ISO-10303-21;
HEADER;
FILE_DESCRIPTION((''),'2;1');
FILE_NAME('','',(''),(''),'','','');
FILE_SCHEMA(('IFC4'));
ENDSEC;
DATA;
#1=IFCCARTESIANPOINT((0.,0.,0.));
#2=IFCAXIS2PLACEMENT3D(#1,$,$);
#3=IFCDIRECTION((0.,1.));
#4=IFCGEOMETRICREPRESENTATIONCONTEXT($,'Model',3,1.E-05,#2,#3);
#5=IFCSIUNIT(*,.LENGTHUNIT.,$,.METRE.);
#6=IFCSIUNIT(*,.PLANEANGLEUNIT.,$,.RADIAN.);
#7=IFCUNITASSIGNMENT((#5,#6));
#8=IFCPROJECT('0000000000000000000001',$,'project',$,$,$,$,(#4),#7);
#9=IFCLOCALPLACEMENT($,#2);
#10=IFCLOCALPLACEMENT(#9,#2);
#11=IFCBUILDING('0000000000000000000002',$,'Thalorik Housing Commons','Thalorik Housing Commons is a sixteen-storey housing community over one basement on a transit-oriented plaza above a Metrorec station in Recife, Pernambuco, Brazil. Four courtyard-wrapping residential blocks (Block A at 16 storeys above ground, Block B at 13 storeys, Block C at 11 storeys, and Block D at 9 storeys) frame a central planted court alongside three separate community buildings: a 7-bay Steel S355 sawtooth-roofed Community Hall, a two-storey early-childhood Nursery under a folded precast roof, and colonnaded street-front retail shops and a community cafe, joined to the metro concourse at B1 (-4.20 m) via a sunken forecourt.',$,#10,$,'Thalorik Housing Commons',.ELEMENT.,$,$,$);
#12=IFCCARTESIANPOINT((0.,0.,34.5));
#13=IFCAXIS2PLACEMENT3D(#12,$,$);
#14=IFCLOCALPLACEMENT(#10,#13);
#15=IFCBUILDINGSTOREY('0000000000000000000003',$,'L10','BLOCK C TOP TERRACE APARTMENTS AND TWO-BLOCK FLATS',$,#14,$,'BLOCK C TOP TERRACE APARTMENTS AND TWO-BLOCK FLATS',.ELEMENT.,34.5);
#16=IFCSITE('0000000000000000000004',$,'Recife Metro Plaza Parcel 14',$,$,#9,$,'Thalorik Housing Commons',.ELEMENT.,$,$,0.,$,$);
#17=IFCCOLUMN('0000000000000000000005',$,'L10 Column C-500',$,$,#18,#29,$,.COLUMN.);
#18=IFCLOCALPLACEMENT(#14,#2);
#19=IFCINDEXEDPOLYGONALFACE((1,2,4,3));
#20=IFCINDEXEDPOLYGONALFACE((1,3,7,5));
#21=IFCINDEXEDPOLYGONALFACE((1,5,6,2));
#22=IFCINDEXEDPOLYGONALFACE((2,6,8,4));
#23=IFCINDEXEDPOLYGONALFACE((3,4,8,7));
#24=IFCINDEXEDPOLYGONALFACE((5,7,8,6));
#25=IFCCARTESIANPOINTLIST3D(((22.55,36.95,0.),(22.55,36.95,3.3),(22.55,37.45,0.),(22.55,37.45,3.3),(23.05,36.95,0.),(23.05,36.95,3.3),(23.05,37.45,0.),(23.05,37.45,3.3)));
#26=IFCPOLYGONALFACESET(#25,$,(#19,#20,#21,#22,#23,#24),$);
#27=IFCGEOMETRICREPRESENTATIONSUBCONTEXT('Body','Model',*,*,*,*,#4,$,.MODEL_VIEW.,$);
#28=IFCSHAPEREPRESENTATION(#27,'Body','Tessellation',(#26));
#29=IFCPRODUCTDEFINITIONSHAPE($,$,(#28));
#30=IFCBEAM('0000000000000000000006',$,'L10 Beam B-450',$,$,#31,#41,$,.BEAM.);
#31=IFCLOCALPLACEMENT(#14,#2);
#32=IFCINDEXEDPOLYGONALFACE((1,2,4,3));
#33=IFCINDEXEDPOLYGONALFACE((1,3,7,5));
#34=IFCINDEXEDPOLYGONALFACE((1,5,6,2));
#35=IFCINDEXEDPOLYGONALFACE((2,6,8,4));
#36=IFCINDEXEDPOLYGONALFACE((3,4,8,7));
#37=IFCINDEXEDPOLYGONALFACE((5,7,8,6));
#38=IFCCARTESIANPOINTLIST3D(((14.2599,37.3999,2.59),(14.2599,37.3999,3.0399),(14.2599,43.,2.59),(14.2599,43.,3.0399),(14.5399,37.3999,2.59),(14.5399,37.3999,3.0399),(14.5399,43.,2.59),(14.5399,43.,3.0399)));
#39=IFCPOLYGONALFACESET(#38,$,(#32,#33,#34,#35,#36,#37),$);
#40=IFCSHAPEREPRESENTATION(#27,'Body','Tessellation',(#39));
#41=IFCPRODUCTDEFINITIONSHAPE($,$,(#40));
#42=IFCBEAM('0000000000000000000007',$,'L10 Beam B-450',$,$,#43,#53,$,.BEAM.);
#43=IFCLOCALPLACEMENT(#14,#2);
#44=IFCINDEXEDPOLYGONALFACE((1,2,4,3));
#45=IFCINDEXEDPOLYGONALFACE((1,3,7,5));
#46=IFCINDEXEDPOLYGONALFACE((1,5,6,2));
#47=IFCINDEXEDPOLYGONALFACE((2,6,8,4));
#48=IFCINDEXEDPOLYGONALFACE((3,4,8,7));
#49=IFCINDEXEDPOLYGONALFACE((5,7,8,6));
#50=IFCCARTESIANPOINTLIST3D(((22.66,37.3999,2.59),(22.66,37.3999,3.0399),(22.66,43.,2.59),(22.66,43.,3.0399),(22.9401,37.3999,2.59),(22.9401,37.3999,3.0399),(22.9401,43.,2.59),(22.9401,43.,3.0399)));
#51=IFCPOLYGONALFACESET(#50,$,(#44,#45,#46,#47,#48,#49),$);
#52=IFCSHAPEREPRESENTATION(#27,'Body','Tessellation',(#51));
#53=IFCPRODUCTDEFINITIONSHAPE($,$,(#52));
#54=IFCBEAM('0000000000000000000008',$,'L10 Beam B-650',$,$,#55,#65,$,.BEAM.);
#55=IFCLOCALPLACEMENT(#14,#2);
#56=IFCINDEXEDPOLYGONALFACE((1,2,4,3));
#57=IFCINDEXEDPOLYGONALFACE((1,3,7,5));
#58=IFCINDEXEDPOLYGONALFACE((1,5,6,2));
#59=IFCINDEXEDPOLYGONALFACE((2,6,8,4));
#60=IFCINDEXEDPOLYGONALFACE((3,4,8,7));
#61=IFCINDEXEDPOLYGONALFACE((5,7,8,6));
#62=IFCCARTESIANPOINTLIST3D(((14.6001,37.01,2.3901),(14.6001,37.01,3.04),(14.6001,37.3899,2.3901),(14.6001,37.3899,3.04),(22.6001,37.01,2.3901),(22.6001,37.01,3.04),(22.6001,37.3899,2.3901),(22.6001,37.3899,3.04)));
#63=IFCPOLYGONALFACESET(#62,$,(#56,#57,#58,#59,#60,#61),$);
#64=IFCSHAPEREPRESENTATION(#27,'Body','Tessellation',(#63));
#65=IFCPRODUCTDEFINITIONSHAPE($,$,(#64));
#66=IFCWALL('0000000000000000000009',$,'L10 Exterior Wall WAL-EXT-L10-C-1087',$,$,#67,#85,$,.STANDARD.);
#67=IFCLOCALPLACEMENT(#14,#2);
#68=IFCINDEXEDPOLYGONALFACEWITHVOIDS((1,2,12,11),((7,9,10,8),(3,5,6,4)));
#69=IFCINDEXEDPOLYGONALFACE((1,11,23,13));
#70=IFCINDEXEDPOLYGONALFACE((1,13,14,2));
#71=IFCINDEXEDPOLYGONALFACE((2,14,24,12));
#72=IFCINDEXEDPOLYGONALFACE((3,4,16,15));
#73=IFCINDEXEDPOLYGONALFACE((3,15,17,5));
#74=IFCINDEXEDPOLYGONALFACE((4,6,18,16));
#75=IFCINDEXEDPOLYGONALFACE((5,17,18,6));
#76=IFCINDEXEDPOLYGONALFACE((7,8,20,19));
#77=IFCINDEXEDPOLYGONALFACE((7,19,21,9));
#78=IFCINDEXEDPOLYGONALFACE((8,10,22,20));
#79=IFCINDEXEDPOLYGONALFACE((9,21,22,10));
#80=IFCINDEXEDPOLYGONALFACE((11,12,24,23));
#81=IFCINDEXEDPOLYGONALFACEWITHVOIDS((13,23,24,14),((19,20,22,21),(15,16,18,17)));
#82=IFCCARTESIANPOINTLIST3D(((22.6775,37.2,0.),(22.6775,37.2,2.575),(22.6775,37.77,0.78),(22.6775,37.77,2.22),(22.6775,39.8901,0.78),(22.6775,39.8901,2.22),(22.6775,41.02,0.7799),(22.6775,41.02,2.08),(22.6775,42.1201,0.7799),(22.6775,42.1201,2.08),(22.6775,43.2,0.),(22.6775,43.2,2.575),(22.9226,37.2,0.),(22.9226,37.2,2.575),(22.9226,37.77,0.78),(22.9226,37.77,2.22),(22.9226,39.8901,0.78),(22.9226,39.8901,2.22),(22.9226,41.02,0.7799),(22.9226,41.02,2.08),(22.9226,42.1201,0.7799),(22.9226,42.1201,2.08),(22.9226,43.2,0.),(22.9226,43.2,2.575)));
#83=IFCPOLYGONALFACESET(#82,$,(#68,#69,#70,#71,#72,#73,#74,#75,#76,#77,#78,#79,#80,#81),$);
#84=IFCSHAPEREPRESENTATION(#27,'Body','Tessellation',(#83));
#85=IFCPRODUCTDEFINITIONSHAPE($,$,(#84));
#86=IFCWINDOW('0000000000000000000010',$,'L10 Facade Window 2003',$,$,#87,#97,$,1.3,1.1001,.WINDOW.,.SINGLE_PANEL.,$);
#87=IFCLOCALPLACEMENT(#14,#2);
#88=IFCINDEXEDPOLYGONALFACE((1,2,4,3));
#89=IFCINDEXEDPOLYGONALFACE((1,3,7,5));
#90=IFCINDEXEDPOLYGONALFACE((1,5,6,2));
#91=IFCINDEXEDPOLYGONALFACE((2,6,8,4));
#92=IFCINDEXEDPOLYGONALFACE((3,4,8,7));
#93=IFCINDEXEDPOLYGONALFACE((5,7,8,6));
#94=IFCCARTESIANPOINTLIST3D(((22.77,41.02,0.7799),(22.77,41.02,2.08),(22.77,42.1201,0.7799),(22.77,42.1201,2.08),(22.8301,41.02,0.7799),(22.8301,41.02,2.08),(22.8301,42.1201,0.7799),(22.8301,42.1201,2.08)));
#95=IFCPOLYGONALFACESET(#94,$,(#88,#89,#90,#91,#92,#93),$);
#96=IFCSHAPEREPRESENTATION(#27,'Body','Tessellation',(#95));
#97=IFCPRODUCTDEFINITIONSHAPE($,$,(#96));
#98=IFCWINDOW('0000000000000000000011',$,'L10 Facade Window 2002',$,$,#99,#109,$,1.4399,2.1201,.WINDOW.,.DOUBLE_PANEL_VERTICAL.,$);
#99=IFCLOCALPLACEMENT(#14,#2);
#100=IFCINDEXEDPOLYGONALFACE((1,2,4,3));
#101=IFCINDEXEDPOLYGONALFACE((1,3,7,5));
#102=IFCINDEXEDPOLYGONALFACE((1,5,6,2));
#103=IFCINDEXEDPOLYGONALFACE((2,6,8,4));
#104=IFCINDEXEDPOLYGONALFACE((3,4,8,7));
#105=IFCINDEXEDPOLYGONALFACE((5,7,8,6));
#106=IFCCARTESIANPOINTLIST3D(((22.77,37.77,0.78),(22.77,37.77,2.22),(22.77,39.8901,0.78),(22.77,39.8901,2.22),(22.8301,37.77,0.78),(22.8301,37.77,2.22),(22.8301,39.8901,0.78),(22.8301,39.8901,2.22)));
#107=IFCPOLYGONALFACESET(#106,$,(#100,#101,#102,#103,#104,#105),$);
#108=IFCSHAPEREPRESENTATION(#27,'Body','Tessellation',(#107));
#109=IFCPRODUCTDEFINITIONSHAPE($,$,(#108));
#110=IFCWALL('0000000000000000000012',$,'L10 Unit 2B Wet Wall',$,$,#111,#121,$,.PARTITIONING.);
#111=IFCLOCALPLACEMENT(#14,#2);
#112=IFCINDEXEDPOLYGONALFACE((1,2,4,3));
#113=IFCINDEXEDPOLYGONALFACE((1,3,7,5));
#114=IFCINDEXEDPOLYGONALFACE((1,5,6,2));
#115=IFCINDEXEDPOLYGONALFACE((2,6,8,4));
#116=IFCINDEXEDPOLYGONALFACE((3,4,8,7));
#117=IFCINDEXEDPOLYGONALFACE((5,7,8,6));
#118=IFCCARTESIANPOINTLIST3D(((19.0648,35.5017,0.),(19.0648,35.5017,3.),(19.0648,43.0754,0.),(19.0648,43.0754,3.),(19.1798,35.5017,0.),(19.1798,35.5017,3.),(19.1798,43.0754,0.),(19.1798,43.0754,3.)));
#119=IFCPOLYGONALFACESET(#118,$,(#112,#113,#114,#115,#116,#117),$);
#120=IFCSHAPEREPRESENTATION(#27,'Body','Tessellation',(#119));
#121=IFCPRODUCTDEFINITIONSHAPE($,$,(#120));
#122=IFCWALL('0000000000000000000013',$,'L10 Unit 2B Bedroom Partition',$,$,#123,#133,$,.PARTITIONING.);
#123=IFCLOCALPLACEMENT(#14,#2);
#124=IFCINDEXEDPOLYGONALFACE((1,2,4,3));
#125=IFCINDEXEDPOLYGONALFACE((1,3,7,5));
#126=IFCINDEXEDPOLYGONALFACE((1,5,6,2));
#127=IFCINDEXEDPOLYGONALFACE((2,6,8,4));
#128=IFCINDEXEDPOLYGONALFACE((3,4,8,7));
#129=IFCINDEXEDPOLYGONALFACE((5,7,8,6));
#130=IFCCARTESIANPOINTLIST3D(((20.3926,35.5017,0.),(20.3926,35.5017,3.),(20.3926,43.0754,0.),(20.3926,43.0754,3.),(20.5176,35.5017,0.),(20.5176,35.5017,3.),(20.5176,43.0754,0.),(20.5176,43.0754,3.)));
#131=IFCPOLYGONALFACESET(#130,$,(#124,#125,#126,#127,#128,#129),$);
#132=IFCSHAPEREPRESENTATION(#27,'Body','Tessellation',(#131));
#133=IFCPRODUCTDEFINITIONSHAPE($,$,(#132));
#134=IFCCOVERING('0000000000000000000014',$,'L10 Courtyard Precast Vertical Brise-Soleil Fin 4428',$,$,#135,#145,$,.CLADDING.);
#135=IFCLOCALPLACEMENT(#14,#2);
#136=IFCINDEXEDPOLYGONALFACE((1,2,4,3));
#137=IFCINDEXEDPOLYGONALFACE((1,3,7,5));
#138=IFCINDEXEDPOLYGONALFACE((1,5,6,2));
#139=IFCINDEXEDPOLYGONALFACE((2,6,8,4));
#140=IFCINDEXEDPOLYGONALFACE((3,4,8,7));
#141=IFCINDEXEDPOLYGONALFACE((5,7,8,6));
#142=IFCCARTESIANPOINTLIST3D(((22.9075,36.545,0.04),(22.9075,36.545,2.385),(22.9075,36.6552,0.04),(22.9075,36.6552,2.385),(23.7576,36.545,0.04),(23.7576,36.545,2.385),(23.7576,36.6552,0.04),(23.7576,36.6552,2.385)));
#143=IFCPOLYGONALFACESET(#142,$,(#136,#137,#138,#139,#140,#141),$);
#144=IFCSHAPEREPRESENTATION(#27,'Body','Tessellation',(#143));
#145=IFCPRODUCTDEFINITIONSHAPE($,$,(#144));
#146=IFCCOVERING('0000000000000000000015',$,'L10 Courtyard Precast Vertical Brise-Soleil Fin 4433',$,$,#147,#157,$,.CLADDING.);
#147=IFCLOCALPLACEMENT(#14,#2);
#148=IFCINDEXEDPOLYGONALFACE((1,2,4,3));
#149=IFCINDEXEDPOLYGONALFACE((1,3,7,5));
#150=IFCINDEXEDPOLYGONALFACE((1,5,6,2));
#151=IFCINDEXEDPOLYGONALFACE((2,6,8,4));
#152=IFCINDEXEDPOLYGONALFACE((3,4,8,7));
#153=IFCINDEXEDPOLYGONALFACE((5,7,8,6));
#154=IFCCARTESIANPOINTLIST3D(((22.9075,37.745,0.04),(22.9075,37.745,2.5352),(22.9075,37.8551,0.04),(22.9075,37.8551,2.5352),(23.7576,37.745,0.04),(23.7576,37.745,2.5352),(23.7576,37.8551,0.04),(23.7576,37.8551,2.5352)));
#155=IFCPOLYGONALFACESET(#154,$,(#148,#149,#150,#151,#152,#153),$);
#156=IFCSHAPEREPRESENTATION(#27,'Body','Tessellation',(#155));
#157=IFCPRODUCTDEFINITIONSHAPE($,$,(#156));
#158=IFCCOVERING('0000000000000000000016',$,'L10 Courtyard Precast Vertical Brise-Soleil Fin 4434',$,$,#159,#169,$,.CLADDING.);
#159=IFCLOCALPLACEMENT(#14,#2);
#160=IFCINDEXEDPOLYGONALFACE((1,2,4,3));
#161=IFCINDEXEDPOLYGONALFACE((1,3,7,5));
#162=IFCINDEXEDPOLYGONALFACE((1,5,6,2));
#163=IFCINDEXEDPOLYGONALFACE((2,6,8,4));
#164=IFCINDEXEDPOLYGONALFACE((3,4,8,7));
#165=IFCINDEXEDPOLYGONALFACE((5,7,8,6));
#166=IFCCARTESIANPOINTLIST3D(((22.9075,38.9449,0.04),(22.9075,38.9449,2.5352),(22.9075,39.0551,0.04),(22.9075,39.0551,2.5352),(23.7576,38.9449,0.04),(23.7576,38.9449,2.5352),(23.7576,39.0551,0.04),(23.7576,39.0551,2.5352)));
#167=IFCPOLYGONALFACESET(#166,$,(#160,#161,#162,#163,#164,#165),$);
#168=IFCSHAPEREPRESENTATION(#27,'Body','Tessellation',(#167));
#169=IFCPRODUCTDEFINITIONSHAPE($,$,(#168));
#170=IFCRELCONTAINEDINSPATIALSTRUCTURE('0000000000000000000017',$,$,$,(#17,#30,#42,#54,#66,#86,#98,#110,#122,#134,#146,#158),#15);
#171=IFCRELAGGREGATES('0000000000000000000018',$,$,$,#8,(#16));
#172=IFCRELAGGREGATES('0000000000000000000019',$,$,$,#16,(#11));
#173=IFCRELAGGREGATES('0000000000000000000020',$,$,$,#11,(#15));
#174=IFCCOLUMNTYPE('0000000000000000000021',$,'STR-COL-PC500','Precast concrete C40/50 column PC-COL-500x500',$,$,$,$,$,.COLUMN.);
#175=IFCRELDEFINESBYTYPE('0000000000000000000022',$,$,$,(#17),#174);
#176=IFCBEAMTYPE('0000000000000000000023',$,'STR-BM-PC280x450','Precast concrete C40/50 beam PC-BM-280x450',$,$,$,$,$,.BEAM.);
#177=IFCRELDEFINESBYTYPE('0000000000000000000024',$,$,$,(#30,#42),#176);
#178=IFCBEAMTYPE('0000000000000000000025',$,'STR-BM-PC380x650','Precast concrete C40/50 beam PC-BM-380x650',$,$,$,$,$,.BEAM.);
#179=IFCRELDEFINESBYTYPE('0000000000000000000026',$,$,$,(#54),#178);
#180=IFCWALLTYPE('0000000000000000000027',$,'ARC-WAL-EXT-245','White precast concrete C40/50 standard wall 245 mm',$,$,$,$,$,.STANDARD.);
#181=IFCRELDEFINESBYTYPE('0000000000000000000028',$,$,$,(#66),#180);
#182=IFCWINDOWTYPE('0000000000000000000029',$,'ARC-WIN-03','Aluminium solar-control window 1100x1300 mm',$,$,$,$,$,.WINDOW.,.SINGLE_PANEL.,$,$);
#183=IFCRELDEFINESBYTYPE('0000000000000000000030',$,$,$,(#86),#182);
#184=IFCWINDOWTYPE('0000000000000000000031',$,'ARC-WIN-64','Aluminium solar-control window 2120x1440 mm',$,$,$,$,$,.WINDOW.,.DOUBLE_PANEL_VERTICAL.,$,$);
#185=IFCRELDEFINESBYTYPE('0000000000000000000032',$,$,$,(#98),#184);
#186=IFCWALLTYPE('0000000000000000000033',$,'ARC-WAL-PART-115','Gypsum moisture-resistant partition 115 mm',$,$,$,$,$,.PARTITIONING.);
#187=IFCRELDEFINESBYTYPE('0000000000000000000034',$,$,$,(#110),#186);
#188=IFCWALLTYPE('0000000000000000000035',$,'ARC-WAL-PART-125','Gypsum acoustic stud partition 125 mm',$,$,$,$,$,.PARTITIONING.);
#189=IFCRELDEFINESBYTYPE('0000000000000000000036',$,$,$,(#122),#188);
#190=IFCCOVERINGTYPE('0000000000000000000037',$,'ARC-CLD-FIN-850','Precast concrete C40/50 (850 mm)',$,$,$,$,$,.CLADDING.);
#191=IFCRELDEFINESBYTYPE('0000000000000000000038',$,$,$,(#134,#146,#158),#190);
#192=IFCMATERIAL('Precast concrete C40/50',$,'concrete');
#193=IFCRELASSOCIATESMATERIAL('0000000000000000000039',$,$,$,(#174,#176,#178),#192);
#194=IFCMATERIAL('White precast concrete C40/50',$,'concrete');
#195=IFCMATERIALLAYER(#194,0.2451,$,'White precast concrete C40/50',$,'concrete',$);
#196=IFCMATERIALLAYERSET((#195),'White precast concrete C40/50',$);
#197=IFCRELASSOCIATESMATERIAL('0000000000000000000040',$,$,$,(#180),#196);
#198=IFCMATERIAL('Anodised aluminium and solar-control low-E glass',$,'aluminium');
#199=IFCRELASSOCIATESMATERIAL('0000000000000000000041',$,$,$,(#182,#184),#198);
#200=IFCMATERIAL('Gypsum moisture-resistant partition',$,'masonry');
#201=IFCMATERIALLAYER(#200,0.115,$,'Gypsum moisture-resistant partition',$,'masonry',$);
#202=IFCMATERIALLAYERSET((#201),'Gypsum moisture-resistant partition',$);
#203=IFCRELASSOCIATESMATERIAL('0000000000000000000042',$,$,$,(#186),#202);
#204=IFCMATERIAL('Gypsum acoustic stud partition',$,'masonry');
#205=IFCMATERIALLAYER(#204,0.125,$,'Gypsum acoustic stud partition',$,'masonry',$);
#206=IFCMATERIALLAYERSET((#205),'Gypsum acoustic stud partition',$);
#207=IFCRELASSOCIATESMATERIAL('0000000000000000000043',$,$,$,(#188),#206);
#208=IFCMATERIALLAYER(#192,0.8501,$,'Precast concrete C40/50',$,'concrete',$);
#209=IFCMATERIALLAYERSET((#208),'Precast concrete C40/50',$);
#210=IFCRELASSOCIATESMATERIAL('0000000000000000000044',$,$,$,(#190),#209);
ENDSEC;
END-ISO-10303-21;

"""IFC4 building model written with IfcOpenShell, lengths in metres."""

from ifc_helpers import new_model, si_unit, direction, frame, frame_2d, origin, origin_2d, place, context, subcontext, project, spatial, rectangle, extrude, material, layer, layer_set, material_profile, profile_set, type_object, element, fill, save


model = new_model("IFC4")

# Units and contexts
model_context = context("Model", 3, precision=1e-05, world=origin(), true_north=direction((0.0, 1.0)))
body_context = subcontext(model_context, "Body", "Model", "MODEL_VIEW")
ifc_project = project(units=[si_unit("LENGTHUNIT", "METRE"), si_unit("PLANEANGLEUNIT", "RADIAN")], contexts=[model_context])

# Site, building, storey
site_placement = place(None, origin())
site = spatial("IfcSite", under=ifc_project, at=site_placement, Name="Recife Metro Plaza Parcel 14", LongName="Thalorik Housing Commons", CompositionType="ELEMENT", RefElevation=0.0)
building_placement = place(site_placement, origin())
building = spatial("IfcBuilding", under=site, at=building_placement, Name="Thalorik Housing Commons", Description="Thalorik Housing Commons is a sixteen-storey housing community over one basement on a transit-oriented plaza above a Metrorec station in Recife, Pernambuco, Brazil. Four courtyard-wrapping residential blocks (Block A at 16 storeys above ground, Block B at 13 storeys, Block C at 11 storeys, and Block D at 9 storeys) frame a central planted court alongside three separate community buildings: a 7-bay Steel S355 sawtooth-roofed Community Hall, a two-storey early-childhood Nursery under a folded precast roof, and colonnaded street-front retail shops and a community cafe, joined to the metro concourse at B1 (-4.20 m) via a sunken forecourt.", LongName="Thalorik Housing Commons", CompositionType="ELEMENT")
storey_placement = place(building_placement, frame((0.0, 0.0, 34.5)))
storey = spatial("IfcBuildingStorey", under=building, at=storey_placement, Name="L10", Description="BLOCK C TOP TERRACE APARTMENTS AND TWO-BLOCK FLATS", LongName="BLOCK C TOP TERRACE APARTMENTS AND TWO-BLOCK FLATS", CompositionType="ELEMENT", Elevation=34.5)

# Column
ifc_material_1 = material(Name="Precast concrete C40/50", Category="concrete")
ifc_material_profile_1 = material_profile(ifc_material_1, rectangle(XDim=0.5, YDim=0.5, at=origin_2d()), Name="PC 500x500", Category="concrete")
ifc_profile_set_1 = profile_set([ifc_material_profile_1], Name="Precast concrete C40/50")
column_type = type_object("IfcColumnType", Name="STR-COL-PC500", Description="Precast concrete C40/50 column PC-COL-500x500", PredefinedType="COLUMN", material=ifc_profile_set_1)
column_placement = place(storey_placement, frame((22.8, 37.2, 0.0), z_axis=(0.0, 0.0, 1.0), x_axis=(1.0, 0.0, 0.0)))
element("IfcColumn", 1, at=column_placement, inside=storey, type_object=column_type, Name="L10 Column C-500", PredefinedType="COLUMN", context=body_context, shape_type="SweptSolid", body=[
    extrude(rectangle(XDim=0.5, YDim=0.5, at=origin_2d()), origin(), (0.0, 0.0, 1.0), 3.3),
])

# Beams
ifc_material_profile_2 = material_profile(ifc_material_1, rectangle(XDim=0.28, YDim=0.45, at=origin_2d()), Name="PC 280x450", Category="concrete")
ifc_profile_set_2 = profile_set([ifc_material_profile_2], Name="Precast concrete C40/50")
beam_type_1 = type_object("IfcBeamType", Name="STR-BM-PC280x450", Description="Precast concrete C40/50 beam PC-BM-280x450", PredefinedType="BEAM", material=ifc_profile_set_2)
for number, where, z_axis, x_axis, name in (
    (2, (14.3999, 37.3999, 2.8149), (0.0, 1.0, 0.0), (-1.0, 0.0, 0.0), "L10 Beam B-450"),
    (3, (22.8, 37.3999, 2.8149), (0.0, 1.0, 0.0), (-1.0, 0.0, 0.0), "L10 Beam B-450"),
):
    element("IfcBeam", number, at=place(storey_placement, frame(where, z_axis=z_axis, x_axis=x_axis)), inside=storey, type_object=beam_type_1, Name=name, PredefinedType="BEAM", context=body_context, shape_type="SweptSolid", body=[
        extrude(rectangle(XDim=0.28, YDim=0.45, at=origin_2d()), origin(), (0.0, 0.0, 1.0), 5.6001),
    ])
ifc_material_profile_3 = material_profile(ifc_material_1, rectangle(XDim=0.3799, YDim=0.6499, at=origin_2d()), Name="PC 380x650", Category="concrete")
ifc_profile_set_3 = profile_set([ifc_material_profile_3], Name="Precast concrete C40/50")
beam_type_2 = type_object("IfcBeamType", Name="STR-BM-PC380x650", Description="Precast concrete C40/50 beam PC-BM-380x650", PredefinedType="BEAM", material=ifc_profile_set_3)
beam_placement = place(storey_placement, frame((14.6001, 37.2, 2.7151), z_axis=(1.0, 0.0, 0.0), x_axis=(0.0, 1.0, 0.0)))
element("IfcBeam", 4, at=beam_placement, inside=storey, type_object=beam_type_2, Name="L10 Beam B-650", PredefinedType="BEAM", context=body_context, shape_type="SweptSolid", body=[
    extrude(rectangle(XDim=0.3799, YDim=0.6499, at=origin_2d()), origin(), (0.0, 0.0, 1.0), 8.0),
])

# Wall, openings, windows
ifc_material_2 = material(Name="White precast concrete C40/50", Category="concrete")
ifc_layer_1 = layer(ifc_material_2, 0.2451, Name="White precast concrete C40/50", Category="concrete")
ifc_layer_set_1 = layer_set([ifc_layer_1], Name="White precast concrete C40/50")
wall_type_1 = type_object("IfcWallType", Name="ARC-WAL-EXT-245", Description="White precast concrete C40/50 standard wall 245 mm", PredefinedType="STANDARD", material=ifc_layer_set_1)
wall_1_placement = place(storey_placement, frame((22.8, 37.2, 0.0), z_axis=(0.0, 0.0, 1.0), x_axis=(0.0, 1.0, 0.0)))
wall_1 = element("IfcWall", 5, at=wall_1_placement, inside=storey, type_object=wall_type_1, Name="L10 Exterior Wall WAL-EXT-L10-C-1087", PredefinedType="STANDARD", context=body_context, shape_type="SweptSolid", body=[
    extrude(rectangle(XDim=6.0, YDim=0.2451, at=frame_2d((3.0, 0.0))), origin(), (0.0, 0.0, 1.0), 2.575),
])
opening_1_placement = place(wall_1_placement, frame((0.5701, 0.0, 0.78)))
opening_1 = element("IfcOpeningElement", 6, at=opening_1_placement, cuts=wall_1, PredefinedType="OPENING", context=body_context, shape_type="SweptSolid", body=[
    extrude(rectangle(XDim=2.1201, YDim=1.4399, at=frame_2d((1.0601, 0.72))), frame((0.0, 0.1326, 0.0), z_axis=(0.0, -1.0, 0.0), x_axis=(1.0, 0.0, 0.0)), (0.0, 0.0, 1.0), 0.2651),
])
opening_2_placement = place(wall_1_placement, frame((3.8201, 0.0, 0.78)))
opening_2 = element("IfcOpeningElement", 7, at=opening_2_placement, cuts=wall_1, PredefinedType="OPENING", context=body_context, shape_type="SweptSolid", body=[
    extrude(rectangle(XDim=1.1001, YDim=1.3, at=frame_2d((0.55, 0.6499))), frame((0.0, 0.1326, 0.0), z_axis=(0.0, -1.0, 0.0), x_axis=(1.0, 0.0, 0.0)), (0.0, 0.0, 1.0), 0.2651),
])
ifc_material_3 = material(Name="Anodised aluminium and solar-control low-E glass", Category="aluminium")
window_type_1 = type_object("IfcWindowType", Name="ARC-WIN-03", Description="Aluminium solar-control window 1100x1300 mm", PartitioningType="SINGLE_PANEL", PredefinedType="WINDOW", material=ifc_material_3)
window_1_placement = place(opening_2_placement, origin())
window_1 = element("IfcWindow", 8, at=window_1_placement, inside=storey, type_object=window_type_1, Name="L10 Facade Window 2003", OverallHeight=1.3, OverallWidth=1.1001, PartitioningType="SINGLE_PANEL", PredefinedType="WINDOW", context=body_context, shape_type="SweptSolid", body=[
    extrude(rectangle(XDim=1.1001, YDim=1.3, at=frame_2d((0.55, 0.6499))), frame((0.0, 0.03, 0.0), z_axis=(0.0, -1.0, 0.0), x_axis=(1.0, 0.0, 0.0)), (0.0, 0.0, 1.0), 0.0601),
])
fill(opening_2, window_1)
window_type_2 = type_object("IfcWindowType", Name="ARC-WIN-64", Description="Aluminium solar-control window 2120x1440 mm", PartitioningType="DOUBLE_PANEL_VERTICAL", PredefinedType="WINDOW", material=ifc_material_3)
window_2_placement = place(opening_1_placement, origin())
window_2 = element("IfcWindow", 9, at=window_2_placement, inside=storey, type_object=window_type_2, Name="L10 Facade Window 2002", OverallHeight=1.4399, OverallWidth=2.1201, PartitioningType="DOUBLE_PANEL_VERTICAL", PredefinedType="WINDOW", context=body_context, shape_type="SweptSolid", body=[
    extrude(rectangle(XDim=2.1201, YDim=1.4399, at=frame_2d((1.0601, 0.72))), frame((0.0, 0.03, 0.0), z_axis=(0.0, -1.0, 0.0), x_axis=(1.0, 0.0, 0.0)), (0.0, 0.0, 1.0), 0.0601),
])
fill(opening_1, window_2)

# Walls
ifc_material_4 = material(Name="Gypsum moisture-resistant partition", Category="masonry")
ifc_layer_2 = layer(ifc_material_4, 0.115, Name="Gypsum moisture-resistant partition", Category="masonry")
ifc_layer_set_2 = layer_set([ifc_layer_2], Name="Gypsum moisture-resistant partition")
wall_type_2 = type_object("IfcWallType", Name="ARC-WAL-PART-115", Description="Gypsum moisture-resistant partition 115 mm", PredefinedType="PARTITIONING", material=ifc_layer_set_2)
wall_2_placement = place(storey_placement, frame((19.1223, 35.5017, 0.0), z_axis=(0.0, 0.0, 1.0), x_axis=(0.0, 1.0, 0.0)))
element("IfcWall", 10, at=wall_2_placement, inside=storey, type_object=wall_type_2, Name="L10 Unit 2B Wet Wall", PredefinedType="PARTITIONING", context=body_context, shape_type="SweptSolid", body=[
    extrude(rectangle(XDim=7.5737, YDim=0.115, at=frame_2d((3.7869, 0.0))), origin(), (0.0, 0.0, 1.0), 3.0),
])
ifc_material_5 = material(Name="Gypsum acoustic stud partition", Category="masonry")
ifc_layer_3 = layer(ifc_material_5, 0.125, Name="Gypsum acoustic stud partition", Category="masonry")
ifc_layer_set_3 = layer_set([ifc_layer_3], Name="Gypsum acoustic stud partition")
wall_type_3 = type_object("IfcWallType", Name="ARC-WAL-PART-125", Description="Gypsum acoustic stud partition 125 mm", PredefinedType="PARTITIONING", material=ifc_layer_set_3)
wall_3_placement = place(storey_placement, frame((20.4551, 35.5017, 0.0), z_axis=(0.0, 0.0, 1.0), x_axis=(0.0, 1.0, 0.0)))
element("IfcWall", 11, at=wall_3_placement, inside=storey, type_object=wall_type_3, Name="L10 Unit 2B Bedroom Partition", PredefinedType="PARTITIONING", context=body_context, shape_type="SweptSolid", body=[
    extrude(rectangle(XDim=7.5737, YDim=0.125, at=frame_2d((3.7869, 0.0))), origin(), (0.0, 0.0, 1.0), 3.0),
])

# Coverings
ifc_layer_4 = layer(ifc_material_1, 0.8501, Name="Precast concrete C40/50", Category="concrete")
ifc_layer_set_4 = layer_set([ifc_layer_4], Name="Precast concrete C40/50")
covering_type_1 = type_object("IfcCoveringType", Name="ARC-CLD-FIN-850", Description="Precast concrete C40/50 (850 mm)", PredefinedType="CLADDING", material=ifc_layer_set_4)
covering_1_placement = place(storey_placement, frame((23.3325, 36.6001, 0.04), z_axis=(0.0, 0.0, 1.0), x_axis=(0.0, 1.0, 0.0)))
element("IfcCovering", 12, at=covering_1_placement, inside=storey, type_object=covering_type_1, Name="L10 Courtyard Precast Vertical Brise-Soleil Fin 4428", PredefinedType="CLADDING", context=body_context, shape_type="SweptSolid", body=[
    extrude(rectangle(XDim=0.1101, YDim=0.8501, at=origin_2d()), origin(), (0.0, 0.0, 1.0), 2.345),
])
for number, where, z_axis, x_axis, name in (
    (13, (23.3325, 37.8, 0.04), (0.0, 0.0, 1.0), (0.0, 1.0, 0.0), "L10 Courtyard Precast Vertical Brise-Soleil Fin 4433"),
    (14, (23.3325, 39.0, 0.04), (0.0, 0.0, 1.0), (0.0, 1.0, 0.0), "L10 Courtyard Precast Vertical Brise-Soleil Fin 4434"),
):
    element("IfcCovering", number, at=place(storey_placement, frame(where, z_axis=z_axis, x_axis=x_axis)), inside=storey, type_object=covering_type_1, Name=name, PredefinedType="CLADDING", context=body_context, shape_type="SweptSolid", body=[
        extrude(rectangle(XDim=0.1101, YDim=0.8501, at=origin_2d()), origin(), (0.0, 0.0, 1.0), 2.4951),
    ])

save(model, "model.ifc")
